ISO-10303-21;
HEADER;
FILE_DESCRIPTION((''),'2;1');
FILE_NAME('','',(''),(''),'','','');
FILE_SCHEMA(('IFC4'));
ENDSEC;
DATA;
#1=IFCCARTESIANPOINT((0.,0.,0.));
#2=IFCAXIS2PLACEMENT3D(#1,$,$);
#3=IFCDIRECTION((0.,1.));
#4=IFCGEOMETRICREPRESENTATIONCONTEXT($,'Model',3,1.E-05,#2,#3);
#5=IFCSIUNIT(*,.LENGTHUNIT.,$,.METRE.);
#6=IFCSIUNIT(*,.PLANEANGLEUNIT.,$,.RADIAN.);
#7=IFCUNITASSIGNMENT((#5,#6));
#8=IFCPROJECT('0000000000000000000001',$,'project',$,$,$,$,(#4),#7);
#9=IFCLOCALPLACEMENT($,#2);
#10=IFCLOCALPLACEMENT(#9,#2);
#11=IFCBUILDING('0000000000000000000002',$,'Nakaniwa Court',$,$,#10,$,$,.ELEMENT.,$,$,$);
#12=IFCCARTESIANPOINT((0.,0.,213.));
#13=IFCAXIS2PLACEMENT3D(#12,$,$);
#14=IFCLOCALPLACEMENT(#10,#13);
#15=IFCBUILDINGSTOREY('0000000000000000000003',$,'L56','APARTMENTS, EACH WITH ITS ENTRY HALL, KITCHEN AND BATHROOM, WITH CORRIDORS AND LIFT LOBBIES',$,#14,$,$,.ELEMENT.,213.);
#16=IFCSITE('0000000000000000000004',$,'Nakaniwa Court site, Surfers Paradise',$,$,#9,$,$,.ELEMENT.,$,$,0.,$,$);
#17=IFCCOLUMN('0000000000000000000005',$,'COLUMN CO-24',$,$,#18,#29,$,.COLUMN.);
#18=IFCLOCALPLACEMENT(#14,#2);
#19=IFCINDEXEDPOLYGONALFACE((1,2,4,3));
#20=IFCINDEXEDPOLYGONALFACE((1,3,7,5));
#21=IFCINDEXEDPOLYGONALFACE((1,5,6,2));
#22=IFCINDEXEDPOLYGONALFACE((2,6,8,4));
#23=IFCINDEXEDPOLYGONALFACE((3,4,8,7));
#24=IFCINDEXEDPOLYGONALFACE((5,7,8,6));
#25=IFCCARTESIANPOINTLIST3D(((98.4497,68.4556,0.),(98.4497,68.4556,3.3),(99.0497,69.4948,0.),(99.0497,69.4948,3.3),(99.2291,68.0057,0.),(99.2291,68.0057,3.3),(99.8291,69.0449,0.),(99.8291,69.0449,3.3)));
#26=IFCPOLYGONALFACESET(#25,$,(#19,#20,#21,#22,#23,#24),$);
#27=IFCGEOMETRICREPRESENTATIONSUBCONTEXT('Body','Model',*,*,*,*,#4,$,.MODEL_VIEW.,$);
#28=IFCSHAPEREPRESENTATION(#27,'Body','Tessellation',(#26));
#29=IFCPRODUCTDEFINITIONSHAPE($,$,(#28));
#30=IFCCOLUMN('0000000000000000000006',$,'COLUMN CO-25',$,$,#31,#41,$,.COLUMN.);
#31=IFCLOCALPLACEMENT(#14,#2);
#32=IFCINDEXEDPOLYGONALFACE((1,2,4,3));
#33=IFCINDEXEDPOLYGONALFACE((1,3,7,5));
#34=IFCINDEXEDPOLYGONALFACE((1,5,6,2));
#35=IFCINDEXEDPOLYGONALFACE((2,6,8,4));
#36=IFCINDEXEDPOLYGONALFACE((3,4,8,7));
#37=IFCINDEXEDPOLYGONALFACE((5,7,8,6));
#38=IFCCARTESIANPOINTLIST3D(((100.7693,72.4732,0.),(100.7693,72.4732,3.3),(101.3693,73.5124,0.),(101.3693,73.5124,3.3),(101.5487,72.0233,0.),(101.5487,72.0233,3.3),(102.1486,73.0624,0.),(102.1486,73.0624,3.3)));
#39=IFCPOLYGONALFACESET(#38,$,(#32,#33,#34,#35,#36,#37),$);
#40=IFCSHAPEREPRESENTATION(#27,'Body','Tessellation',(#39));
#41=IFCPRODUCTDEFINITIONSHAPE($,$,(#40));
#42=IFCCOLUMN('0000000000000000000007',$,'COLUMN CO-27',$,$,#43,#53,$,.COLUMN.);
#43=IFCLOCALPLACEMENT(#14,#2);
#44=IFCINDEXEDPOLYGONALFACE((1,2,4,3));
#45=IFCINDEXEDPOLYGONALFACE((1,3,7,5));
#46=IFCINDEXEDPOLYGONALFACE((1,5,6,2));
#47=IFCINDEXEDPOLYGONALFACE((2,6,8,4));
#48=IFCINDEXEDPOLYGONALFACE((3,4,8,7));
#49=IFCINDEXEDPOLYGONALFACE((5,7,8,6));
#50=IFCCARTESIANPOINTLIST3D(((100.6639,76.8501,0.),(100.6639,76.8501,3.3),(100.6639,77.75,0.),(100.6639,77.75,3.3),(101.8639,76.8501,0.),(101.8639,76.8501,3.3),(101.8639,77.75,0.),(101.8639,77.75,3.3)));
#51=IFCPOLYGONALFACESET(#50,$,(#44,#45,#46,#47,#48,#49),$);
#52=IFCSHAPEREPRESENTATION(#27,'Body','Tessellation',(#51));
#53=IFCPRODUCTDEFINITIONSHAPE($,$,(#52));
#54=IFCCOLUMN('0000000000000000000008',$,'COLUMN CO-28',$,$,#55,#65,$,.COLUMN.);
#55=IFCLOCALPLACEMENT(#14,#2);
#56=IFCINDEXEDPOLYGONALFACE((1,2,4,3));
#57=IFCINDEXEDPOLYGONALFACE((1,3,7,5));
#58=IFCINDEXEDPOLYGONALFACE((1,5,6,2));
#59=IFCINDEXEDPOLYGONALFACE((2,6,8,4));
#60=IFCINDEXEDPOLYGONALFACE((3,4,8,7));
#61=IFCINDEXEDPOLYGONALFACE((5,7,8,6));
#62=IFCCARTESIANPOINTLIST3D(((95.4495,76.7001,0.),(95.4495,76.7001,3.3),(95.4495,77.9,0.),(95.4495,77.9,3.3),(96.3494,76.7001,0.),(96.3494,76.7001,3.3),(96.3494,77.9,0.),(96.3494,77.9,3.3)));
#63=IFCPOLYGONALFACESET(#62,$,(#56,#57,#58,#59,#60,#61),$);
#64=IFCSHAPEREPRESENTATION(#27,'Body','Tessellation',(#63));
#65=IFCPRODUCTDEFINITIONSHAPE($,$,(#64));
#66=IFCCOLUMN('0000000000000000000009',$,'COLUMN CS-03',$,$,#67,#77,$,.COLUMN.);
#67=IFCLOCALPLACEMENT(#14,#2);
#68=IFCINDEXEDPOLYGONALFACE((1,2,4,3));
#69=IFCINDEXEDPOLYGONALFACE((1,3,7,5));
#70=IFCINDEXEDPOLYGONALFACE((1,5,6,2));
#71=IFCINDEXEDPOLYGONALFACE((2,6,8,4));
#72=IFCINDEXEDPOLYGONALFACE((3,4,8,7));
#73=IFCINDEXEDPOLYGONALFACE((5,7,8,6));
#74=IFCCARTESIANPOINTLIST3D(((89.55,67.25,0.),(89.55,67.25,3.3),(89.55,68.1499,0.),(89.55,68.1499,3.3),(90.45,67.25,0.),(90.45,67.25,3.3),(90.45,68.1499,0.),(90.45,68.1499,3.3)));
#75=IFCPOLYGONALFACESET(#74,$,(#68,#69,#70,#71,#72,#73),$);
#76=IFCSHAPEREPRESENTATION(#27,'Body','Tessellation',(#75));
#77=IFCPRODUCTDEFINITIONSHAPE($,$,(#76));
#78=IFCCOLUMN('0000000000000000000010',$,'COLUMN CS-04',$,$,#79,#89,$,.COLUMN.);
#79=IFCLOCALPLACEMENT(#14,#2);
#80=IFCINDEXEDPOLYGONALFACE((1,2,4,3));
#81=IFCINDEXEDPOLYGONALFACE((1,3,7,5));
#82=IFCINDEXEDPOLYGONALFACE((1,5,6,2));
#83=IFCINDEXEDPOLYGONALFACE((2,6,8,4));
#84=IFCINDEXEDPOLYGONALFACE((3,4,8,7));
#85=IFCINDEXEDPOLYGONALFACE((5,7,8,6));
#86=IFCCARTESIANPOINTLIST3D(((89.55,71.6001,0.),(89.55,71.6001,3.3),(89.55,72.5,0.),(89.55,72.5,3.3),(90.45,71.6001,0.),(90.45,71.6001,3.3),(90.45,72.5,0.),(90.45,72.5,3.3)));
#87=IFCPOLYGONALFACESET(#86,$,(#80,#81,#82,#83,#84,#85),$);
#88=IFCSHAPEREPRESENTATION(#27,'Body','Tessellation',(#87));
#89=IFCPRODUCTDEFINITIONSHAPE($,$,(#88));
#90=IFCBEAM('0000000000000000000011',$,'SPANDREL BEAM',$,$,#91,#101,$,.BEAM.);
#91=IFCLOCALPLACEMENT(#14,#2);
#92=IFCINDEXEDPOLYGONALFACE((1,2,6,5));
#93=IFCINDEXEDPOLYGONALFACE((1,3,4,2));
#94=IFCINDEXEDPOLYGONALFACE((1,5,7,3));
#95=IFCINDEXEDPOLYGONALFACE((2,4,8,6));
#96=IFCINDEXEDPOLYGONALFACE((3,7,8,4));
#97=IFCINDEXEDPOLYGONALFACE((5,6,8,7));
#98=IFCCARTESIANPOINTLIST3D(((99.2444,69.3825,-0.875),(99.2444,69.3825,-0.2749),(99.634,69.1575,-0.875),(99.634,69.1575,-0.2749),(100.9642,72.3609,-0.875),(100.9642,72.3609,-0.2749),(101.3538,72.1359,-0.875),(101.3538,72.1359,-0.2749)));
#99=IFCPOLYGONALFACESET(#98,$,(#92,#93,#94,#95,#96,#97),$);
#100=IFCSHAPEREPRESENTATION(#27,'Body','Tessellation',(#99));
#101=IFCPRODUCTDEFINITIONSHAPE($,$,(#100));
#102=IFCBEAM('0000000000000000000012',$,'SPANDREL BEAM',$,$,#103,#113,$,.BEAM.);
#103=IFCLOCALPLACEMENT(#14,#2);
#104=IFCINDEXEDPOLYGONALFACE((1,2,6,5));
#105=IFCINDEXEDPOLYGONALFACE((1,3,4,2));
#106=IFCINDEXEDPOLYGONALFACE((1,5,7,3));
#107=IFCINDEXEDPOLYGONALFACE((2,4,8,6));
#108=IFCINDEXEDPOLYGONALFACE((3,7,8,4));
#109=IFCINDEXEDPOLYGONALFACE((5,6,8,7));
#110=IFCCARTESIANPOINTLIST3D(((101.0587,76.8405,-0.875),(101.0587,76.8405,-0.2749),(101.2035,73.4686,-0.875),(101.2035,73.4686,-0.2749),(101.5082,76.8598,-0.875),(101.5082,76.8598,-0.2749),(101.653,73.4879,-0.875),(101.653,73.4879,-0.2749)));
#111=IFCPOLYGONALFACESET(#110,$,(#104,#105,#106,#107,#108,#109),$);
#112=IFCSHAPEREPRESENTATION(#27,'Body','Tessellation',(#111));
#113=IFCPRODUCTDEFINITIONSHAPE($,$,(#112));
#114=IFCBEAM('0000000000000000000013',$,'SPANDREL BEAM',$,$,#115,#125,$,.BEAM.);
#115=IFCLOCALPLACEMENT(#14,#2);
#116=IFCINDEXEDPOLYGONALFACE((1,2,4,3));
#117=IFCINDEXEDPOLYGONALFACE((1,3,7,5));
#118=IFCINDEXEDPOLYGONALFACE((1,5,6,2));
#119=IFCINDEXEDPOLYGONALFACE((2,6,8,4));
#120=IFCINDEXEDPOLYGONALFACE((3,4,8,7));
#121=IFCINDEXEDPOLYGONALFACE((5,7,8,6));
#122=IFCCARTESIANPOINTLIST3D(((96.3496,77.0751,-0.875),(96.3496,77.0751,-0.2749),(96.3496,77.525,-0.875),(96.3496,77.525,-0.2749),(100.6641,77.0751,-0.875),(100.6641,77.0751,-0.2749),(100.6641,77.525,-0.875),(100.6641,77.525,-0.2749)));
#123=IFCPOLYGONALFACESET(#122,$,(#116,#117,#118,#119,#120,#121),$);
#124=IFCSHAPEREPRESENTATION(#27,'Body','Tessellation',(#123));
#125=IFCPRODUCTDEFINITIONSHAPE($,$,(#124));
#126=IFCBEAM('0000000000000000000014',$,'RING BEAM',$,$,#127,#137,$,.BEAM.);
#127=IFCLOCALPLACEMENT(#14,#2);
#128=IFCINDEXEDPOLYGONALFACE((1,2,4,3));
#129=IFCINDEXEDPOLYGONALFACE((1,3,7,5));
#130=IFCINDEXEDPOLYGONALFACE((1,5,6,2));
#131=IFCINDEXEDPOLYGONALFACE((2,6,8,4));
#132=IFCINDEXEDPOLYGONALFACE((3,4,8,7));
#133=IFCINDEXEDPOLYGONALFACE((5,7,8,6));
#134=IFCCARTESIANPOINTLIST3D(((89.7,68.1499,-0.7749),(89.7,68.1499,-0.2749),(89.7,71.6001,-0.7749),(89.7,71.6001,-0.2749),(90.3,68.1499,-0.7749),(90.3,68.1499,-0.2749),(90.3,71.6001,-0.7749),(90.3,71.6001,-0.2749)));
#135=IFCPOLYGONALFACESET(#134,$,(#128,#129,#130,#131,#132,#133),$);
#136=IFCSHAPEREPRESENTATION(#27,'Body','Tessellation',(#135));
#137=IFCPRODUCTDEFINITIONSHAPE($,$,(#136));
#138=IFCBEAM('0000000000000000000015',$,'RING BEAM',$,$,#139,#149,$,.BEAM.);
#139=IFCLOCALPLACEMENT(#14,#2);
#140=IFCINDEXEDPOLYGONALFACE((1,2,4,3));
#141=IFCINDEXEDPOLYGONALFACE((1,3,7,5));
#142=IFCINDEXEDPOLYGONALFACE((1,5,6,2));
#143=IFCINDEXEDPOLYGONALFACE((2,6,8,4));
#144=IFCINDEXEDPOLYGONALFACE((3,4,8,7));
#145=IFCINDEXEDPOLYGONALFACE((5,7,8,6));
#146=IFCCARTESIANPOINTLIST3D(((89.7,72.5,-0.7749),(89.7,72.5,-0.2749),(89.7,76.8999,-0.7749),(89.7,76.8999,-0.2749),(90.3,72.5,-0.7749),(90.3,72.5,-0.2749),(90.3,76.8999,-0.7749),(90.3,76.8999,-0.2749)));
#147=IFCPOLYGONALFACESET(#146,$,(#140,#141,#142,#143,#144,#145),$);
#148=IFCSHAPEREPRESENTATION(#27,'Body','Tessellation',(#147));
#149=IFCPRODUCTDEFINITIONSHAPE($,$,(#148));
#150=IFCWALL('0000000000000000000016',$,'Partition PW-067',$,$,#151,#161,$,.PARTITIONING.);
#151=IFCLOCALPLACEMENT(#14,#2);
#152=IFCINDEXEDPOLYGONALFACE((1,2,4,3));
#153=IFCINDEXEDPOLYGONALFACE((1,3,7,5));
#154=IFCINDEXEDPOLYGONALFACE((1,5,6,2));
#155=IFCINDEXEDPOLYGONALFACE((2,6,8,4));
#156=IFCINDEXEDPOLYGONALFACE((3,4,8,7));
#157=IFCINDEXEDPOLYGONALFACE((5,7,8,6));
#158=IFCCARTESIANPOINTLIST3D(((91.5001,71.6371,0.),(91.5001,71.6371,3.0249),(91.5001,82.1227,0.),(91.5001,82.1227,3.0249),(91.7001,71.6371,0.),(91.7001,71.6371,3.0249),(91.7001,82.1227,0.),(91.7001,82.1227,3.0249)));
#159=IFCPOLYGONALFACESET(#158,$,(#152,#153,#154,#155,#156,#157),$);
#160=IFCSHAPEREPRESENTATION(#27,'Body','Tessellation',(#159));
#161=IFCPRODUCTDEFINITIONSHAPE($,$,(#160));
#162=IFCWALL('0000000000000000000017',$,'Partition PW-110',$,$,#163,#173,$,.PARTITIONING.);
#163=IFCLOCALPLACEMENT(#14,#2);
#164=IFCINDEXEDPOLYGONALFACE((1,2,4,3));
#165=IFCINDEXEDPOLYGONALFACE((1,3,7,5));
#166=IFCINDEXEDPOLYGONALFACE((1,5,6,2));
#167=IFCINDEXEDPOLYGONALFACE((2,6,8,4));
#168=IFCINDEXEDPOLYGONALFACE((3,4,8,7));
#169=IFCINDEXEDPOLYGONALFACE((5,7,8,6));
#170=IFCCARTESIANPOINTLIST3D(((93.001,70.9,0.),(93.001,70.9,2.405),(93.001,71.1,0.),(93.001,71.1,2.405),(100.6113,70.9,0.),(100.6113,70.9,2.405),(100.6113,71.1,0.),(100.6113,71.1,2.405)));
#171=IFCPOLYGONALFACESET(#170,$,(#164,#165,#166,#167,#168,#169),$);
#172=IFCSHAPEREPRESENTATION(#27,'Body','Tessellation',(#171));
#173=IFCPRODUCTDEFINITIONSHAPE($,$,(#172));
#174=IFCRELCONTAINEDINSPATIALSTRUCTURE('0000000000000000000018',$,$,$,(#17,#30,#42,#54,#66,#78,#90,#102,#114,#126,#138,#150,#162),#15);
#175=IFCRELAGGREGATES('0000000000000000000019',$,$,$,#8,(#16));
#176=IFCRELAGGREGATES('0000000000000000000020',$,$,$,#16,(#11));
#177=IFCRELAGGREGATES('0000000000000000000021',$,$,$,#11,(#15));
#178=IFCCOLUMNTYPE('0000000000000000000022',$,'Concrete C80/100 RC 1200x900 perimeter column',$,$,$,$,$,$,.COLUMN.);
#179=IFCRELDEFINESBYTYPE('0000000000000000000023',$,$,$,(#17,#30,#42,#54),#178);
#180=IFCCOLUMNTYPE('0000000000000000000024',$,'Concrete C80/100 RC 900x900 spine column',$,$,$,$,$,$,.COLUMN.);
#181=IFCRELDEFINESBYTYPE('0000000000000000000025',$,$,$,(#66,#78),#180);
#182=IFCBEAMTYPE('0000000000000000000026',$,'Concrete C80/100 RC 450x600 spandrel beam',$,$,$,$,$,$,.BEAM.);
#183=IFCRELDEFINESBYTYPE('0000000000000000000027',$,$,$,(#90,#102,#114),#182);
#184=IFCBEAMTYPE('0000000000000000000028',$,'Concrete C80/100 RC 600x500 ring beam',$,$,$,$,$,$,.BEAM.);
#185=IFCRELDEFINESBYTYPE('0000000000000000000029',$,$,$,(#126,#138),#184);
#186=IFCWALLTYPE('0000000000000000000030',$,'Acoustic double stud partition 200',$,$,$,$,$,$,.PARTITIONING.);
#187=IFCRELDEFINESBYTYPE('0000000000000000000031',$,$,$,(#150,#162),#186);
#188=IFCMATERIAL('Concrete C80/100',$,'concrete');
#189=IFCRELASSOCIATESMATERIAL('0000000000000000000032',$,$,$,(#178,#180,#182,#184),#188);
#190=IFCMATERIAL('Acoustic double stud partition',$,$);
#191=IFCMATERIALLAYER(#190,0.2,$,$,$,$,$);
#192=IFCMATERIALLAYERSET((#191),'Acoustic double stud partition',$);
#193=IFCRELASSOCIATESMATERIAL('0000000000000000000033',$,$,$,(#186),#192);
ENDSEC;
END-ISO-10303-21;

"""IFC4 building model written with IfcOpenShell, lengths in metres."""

from ifc_helpers import new_model, si_unit, direction, frame, frame_2d, origin, origin_2d, place, context, subcontext, project, spatial, rectangle, extrude, material, layer, layer_set, material_profile, profile_set, type_object, element, save


model = new_model("IFC4")

# Units and contexts
model_context = context("Model", 3, precision=1e-05, world=origin(), true_north=direction((0.0, 1.0)))
body_context = subcontext(model_context, "Body", "Model", "MODEL_VIEW")
ifc_project = project(units=[si_unit("LENGTHUNIT", "METRE"), si_unit("PLANEANGLEUNIT", "RADIAN")], contexts=[model_context])

# Site, building, storey
site_placement = place(None, origin())
site = spatial("IfcSite", under=ifc_project, at=site_placement, Name="Nakaniwa Court site, Surfers Paradise", CompositionType="ELEMENT", RefElevation=0.0)
building_placement = place(site_placement, origin())
building = spatial("IfcBuilding", under=site, at=building_placement, Name="Nakaniwa Court", CompositionType="ELEMENT")
storey_placement = place(building_placement, frame((0.0, 0.0, 213.0)))
storey = spatial("IfcBuildingStorey", under=building, at=storey_placement, Name="L56", Description="APARTMENTS, EACH WITH ITS ENTRY HALL, KITCHEN AND BATHROOM, WITH CORRIDORS AND LIFT LOBBIES", CompositionType="ELEMENT", Elevation=213.0)

# Columns
ifc_material_1 = material(Name="Concrete C80/100", Category="concrete")
ifc_material_profile_1 = material_profile(ifc_material_1, rectangle(XDim=1.2, YDim=0.8999, at=origin_2d()), Name="Concrete C80/100 RC 1200x900 perimeter column")
ifc_profile_set_1 = profile_set([ifc_material_profile_1], Name="Concrete C80/100")
column_type_1 = type_object("IfcColumnType", Name="Concrete C80/100 RC 1200x900 perimeter column", PredefinedType="COLUMN", material=ifc_profile_set_1)
for number, where, z_axis, x_axis, name in (
    (1, (99.1394, 68.7502, 0.0), (0.0, 0.0, 1.0), (0.5, 0.866025, 0.0), "COLUMN CO-24"),
    (2, (101.459, 72.7678, 0.0), (0.0, 0.0, 1.0), (0.5, 0.866025, 0.0), "COLUMN CO-25"),
    (3, (101.2639, 77.3, 0.0), (0.0, 0.0, 1.0), (-1.0, 0.0, 0.0), "COLUMN CO-27"),
    (4, (95.8994, 77.3, 0.0), (0.0, 0.0, 1.0), (0.0, 1.0, 0.0), "COLUMN CO-28"),
):
    element("IfcColumn", number, at=place(storey_placement, frame(where, z_axis=z_axis, x_axis=x_axis)), inside=storey, type_object=column_type_1, Name=name, PredefinedType="COLUMN", context=body_context, shape_type="SweptSolid", body=[
        extrude(rectangle(XDim=1.2, YDim=0.8999, at=origin_2d()), origin(), (0.0, 0.0, 1.0), 3.3),
    ])
ifc_material_profile_2 = material_profile(ifc_material_1, rectangle(XDim=0.8999, YDim=0.8999, at=origin_2d()), Name="Concrete C80/100 RC 900x900 spine column")
ifc_profile_set_2 = profile_set([ifc_material_profile_2], Name="Concrete C80/100")
column_type_2 = type_object("IfcColumnType", Name="Concrete C80/100 RC 900x900 spine column", PredefinedType="COLUMN", material=ifc_profile_set_2)
for number, where, z_axis, x_axis, name in (
    (5, (90.0, 67.7, 0.0), (0.0, 0.0, 1.0), (0.0, 1.0, 0.0), "COLUMN CS-03"),
    (6, (90.0, 72.05, 0.0), (0.0, 0.0, 1.0), (0.0, 1.0, 0.0), "COLUMN CS-04"),
):
    element("IfcColumn", number, at=place(storey_placement, frame(where, z_axis=z_axis, x_axis=x_axis)), inside=storey, type_object=column_type_2, Name=name, PredefinedType="COLUMN", context=body_context, shape_type="SweptSolid", body=[
        extrude(rectangle(XDim=0.8999, YDim=0.8999, at=origin_2d()), origin(), (0.0, 0.0, 1.0), 3.3),
    ])

# Beams
ifc_material_profile_3 = material_profile(ifc_material_1, rectangle(XDim=0.45, YDim=0.6001, at=origin_2d()), Name="Concrete C80/100 RC 450x600 spandrel beam")
ifc_profile_set_3 = profile_set([ifc_material_profile_3], Name="Concrete C80/100")
beam_type_1 = type_object("IfcBeamType", Name="Concrete C80/100 RC 450x600 spandrel beam", PredefinedType="BEAM", material=ifc_profile_set_3)
beam_1_placement = place(storey_placement, frame((99.4392, 69.27, -0.575), z_axis=(0.500048, 0.865998, 0.0), x_axis=(-0.865998, 0.500048, 0.0)))
element("IfcBeam", 7, at=beam_1_placement, inside=storey, type_object=beam_type_1, Name="SPANDREL BEAM", PredefinedType="BEAM", context=body_context, shape_type="SweptSolid", body=[
    extrude(rectangle(XDim=0.45, YDim=0.6001, at=origin_2d()), origin(), (0.0, 0.0, 1.0), 3.4392),
])
beam_2_placement = place(storey_placement, frame((101.4282, 73.4783, -0.575), z_axis=(-0.042897, 0.999079, 0.0), x_axis=(-0.999079, -0.042897, 0.0)))
element("IfcBeam", 8, at=beam_2_placement, inside=storey, type_object=beam_type_1, Name="SPANDREL BEAM", PredefinedType="BEAM", context=body_context, shape_type="SweptSolid", body=[
    extrude(rectangle(XDim=0.45, YDim=0.6001, at=origin_2d()), origin(), (0.0, 0.0, 1.0), 3.375),
])
beam_3_placement = place(storey_placement, frame((100.6641, 77.3, -0.575), z_axis=(-1.0, 0.0, 0.0), x_axis=(0.0, -1.0, 0.0)))
element("IfcBeam", 9, at=beam_3_placement, inside=storey, type_object=beam_type_1, Name="SPANDREL BEAM", PredefinedType="BEAM", context=body_context, shape_type="SweptSolid", body=[
    extrude(rectangle(XDim=0.45, YDim=0.6001, at=origin_2d()), origin(), (0.0, 0.0, 1.0), 4.3145),
])
ifc_material_profile_4 = material_profile(ifc_material_1, rectangle(XDim=0.6001, YDim=0.5, at=origin_2d()), Name="Concrete C80/100 RC 600x500 ring beam")
ifc_profile_set_4 = profile_set([ifc_material_profile_4], Name="Concrete C80/100")
beam_type_2 = type_object("IfcBeamType", Name="Concrete C80/100 RC 600x500 ring beam", PredefinedType="BEAM", material=ifc_profile_set_4)
beam_4_placement = place(storey_placement, frame((90.0, 68.1499, -0.5249), z_axis=(0.0, 1.0, 0.0), x_axis=(-1.0, 0.0, 0.0)))
element("IfcBeam", 10, at=beam_4_placement, inside=storey, type_object=beam_type_2, Name="RING BEAM", PredefinedType="BEAM", context=body_context, shape_type="SweptSolid", body=[
    extrude(rectangle(XDim=0.6001, YDim=0.5, at=origin_2d()), origin(), (0.0, 0.0, 1.0), 3.4502),
])
beam_5_placement = place(storey_placement, frame((90.0, 72.5, -0.5249), z_axis=(0.0, 1.0, 0.0), x_axis=(-1.0, 0.0, 0.0)))
element("IfcBeam", 11, at=beam_5_placement, inside=storey, type_object=beam_type_2, Name="RING BEAM", PredefinedType="BEAM", context=body_context, shape_type="SweptSolid", body=[
    extrude(rectangle(XDim=0.6001, YDim=0.5, at=origin_2d()), origin(), (0.0, 0.0, 1.0), 4.3999),
])

# Walls
ifc_material_2 = material(Name="Acoustic double stud partition")
ifc_layer_1 = layer(ifc_material_2, 0.2)
ifc_layer_set_1 = layer_set([ifc_layer_1], Name="Acoustic double stud partition")
wall_type_1 = type_object("IfcWallType", Name="Acoustic double stud partition 200", PredefinedType="PARTITIONING", material=ifc_layer_set_1)
wall_1_placement = place(storey_placement, frame((91.6001, 71.6372, 0.0), z_axis=(0.0, 0.0, 1.0), x_axis=(0.0, 1.0, 0.0)))
element("IfcWall", 12, at=wall_1_placement, inside=storey, type_object=wall_type_1, Name="Partition PW-067", PredefinedType="PARTITIONING", context=body_context, shape_type="SweptSolid", body=[
    extrude(rectangle(XDim=10.4856, YDim=0.2, at=frame_2d((5.2427, 0.0))), origin(), (0.0, 0.0, 1.0), 3.0249),
])
wall_2_placement = place(storey_placement, frame((93.001, 71.0, 0.0), z_axis=(0.0, 0.0, 1.0), x_axis=(1.0, 0.0, 0.0)))
element("IfcWall", 13, at=wall_2_placement, inside=storey, type_object=wall_type_1, Name="Partition PW-110", PredefinedType="PARTITIONING", context=body_context, shape_type="SweptSolid", body=[
    extrude(rectangle(XDim=7.6104, YDim=0.2, at=frame_2d((3.8052, 0.0))), origin(), (0.0, 0.0, 1.0), 2.405),
])

save(model, "model.ifc")
